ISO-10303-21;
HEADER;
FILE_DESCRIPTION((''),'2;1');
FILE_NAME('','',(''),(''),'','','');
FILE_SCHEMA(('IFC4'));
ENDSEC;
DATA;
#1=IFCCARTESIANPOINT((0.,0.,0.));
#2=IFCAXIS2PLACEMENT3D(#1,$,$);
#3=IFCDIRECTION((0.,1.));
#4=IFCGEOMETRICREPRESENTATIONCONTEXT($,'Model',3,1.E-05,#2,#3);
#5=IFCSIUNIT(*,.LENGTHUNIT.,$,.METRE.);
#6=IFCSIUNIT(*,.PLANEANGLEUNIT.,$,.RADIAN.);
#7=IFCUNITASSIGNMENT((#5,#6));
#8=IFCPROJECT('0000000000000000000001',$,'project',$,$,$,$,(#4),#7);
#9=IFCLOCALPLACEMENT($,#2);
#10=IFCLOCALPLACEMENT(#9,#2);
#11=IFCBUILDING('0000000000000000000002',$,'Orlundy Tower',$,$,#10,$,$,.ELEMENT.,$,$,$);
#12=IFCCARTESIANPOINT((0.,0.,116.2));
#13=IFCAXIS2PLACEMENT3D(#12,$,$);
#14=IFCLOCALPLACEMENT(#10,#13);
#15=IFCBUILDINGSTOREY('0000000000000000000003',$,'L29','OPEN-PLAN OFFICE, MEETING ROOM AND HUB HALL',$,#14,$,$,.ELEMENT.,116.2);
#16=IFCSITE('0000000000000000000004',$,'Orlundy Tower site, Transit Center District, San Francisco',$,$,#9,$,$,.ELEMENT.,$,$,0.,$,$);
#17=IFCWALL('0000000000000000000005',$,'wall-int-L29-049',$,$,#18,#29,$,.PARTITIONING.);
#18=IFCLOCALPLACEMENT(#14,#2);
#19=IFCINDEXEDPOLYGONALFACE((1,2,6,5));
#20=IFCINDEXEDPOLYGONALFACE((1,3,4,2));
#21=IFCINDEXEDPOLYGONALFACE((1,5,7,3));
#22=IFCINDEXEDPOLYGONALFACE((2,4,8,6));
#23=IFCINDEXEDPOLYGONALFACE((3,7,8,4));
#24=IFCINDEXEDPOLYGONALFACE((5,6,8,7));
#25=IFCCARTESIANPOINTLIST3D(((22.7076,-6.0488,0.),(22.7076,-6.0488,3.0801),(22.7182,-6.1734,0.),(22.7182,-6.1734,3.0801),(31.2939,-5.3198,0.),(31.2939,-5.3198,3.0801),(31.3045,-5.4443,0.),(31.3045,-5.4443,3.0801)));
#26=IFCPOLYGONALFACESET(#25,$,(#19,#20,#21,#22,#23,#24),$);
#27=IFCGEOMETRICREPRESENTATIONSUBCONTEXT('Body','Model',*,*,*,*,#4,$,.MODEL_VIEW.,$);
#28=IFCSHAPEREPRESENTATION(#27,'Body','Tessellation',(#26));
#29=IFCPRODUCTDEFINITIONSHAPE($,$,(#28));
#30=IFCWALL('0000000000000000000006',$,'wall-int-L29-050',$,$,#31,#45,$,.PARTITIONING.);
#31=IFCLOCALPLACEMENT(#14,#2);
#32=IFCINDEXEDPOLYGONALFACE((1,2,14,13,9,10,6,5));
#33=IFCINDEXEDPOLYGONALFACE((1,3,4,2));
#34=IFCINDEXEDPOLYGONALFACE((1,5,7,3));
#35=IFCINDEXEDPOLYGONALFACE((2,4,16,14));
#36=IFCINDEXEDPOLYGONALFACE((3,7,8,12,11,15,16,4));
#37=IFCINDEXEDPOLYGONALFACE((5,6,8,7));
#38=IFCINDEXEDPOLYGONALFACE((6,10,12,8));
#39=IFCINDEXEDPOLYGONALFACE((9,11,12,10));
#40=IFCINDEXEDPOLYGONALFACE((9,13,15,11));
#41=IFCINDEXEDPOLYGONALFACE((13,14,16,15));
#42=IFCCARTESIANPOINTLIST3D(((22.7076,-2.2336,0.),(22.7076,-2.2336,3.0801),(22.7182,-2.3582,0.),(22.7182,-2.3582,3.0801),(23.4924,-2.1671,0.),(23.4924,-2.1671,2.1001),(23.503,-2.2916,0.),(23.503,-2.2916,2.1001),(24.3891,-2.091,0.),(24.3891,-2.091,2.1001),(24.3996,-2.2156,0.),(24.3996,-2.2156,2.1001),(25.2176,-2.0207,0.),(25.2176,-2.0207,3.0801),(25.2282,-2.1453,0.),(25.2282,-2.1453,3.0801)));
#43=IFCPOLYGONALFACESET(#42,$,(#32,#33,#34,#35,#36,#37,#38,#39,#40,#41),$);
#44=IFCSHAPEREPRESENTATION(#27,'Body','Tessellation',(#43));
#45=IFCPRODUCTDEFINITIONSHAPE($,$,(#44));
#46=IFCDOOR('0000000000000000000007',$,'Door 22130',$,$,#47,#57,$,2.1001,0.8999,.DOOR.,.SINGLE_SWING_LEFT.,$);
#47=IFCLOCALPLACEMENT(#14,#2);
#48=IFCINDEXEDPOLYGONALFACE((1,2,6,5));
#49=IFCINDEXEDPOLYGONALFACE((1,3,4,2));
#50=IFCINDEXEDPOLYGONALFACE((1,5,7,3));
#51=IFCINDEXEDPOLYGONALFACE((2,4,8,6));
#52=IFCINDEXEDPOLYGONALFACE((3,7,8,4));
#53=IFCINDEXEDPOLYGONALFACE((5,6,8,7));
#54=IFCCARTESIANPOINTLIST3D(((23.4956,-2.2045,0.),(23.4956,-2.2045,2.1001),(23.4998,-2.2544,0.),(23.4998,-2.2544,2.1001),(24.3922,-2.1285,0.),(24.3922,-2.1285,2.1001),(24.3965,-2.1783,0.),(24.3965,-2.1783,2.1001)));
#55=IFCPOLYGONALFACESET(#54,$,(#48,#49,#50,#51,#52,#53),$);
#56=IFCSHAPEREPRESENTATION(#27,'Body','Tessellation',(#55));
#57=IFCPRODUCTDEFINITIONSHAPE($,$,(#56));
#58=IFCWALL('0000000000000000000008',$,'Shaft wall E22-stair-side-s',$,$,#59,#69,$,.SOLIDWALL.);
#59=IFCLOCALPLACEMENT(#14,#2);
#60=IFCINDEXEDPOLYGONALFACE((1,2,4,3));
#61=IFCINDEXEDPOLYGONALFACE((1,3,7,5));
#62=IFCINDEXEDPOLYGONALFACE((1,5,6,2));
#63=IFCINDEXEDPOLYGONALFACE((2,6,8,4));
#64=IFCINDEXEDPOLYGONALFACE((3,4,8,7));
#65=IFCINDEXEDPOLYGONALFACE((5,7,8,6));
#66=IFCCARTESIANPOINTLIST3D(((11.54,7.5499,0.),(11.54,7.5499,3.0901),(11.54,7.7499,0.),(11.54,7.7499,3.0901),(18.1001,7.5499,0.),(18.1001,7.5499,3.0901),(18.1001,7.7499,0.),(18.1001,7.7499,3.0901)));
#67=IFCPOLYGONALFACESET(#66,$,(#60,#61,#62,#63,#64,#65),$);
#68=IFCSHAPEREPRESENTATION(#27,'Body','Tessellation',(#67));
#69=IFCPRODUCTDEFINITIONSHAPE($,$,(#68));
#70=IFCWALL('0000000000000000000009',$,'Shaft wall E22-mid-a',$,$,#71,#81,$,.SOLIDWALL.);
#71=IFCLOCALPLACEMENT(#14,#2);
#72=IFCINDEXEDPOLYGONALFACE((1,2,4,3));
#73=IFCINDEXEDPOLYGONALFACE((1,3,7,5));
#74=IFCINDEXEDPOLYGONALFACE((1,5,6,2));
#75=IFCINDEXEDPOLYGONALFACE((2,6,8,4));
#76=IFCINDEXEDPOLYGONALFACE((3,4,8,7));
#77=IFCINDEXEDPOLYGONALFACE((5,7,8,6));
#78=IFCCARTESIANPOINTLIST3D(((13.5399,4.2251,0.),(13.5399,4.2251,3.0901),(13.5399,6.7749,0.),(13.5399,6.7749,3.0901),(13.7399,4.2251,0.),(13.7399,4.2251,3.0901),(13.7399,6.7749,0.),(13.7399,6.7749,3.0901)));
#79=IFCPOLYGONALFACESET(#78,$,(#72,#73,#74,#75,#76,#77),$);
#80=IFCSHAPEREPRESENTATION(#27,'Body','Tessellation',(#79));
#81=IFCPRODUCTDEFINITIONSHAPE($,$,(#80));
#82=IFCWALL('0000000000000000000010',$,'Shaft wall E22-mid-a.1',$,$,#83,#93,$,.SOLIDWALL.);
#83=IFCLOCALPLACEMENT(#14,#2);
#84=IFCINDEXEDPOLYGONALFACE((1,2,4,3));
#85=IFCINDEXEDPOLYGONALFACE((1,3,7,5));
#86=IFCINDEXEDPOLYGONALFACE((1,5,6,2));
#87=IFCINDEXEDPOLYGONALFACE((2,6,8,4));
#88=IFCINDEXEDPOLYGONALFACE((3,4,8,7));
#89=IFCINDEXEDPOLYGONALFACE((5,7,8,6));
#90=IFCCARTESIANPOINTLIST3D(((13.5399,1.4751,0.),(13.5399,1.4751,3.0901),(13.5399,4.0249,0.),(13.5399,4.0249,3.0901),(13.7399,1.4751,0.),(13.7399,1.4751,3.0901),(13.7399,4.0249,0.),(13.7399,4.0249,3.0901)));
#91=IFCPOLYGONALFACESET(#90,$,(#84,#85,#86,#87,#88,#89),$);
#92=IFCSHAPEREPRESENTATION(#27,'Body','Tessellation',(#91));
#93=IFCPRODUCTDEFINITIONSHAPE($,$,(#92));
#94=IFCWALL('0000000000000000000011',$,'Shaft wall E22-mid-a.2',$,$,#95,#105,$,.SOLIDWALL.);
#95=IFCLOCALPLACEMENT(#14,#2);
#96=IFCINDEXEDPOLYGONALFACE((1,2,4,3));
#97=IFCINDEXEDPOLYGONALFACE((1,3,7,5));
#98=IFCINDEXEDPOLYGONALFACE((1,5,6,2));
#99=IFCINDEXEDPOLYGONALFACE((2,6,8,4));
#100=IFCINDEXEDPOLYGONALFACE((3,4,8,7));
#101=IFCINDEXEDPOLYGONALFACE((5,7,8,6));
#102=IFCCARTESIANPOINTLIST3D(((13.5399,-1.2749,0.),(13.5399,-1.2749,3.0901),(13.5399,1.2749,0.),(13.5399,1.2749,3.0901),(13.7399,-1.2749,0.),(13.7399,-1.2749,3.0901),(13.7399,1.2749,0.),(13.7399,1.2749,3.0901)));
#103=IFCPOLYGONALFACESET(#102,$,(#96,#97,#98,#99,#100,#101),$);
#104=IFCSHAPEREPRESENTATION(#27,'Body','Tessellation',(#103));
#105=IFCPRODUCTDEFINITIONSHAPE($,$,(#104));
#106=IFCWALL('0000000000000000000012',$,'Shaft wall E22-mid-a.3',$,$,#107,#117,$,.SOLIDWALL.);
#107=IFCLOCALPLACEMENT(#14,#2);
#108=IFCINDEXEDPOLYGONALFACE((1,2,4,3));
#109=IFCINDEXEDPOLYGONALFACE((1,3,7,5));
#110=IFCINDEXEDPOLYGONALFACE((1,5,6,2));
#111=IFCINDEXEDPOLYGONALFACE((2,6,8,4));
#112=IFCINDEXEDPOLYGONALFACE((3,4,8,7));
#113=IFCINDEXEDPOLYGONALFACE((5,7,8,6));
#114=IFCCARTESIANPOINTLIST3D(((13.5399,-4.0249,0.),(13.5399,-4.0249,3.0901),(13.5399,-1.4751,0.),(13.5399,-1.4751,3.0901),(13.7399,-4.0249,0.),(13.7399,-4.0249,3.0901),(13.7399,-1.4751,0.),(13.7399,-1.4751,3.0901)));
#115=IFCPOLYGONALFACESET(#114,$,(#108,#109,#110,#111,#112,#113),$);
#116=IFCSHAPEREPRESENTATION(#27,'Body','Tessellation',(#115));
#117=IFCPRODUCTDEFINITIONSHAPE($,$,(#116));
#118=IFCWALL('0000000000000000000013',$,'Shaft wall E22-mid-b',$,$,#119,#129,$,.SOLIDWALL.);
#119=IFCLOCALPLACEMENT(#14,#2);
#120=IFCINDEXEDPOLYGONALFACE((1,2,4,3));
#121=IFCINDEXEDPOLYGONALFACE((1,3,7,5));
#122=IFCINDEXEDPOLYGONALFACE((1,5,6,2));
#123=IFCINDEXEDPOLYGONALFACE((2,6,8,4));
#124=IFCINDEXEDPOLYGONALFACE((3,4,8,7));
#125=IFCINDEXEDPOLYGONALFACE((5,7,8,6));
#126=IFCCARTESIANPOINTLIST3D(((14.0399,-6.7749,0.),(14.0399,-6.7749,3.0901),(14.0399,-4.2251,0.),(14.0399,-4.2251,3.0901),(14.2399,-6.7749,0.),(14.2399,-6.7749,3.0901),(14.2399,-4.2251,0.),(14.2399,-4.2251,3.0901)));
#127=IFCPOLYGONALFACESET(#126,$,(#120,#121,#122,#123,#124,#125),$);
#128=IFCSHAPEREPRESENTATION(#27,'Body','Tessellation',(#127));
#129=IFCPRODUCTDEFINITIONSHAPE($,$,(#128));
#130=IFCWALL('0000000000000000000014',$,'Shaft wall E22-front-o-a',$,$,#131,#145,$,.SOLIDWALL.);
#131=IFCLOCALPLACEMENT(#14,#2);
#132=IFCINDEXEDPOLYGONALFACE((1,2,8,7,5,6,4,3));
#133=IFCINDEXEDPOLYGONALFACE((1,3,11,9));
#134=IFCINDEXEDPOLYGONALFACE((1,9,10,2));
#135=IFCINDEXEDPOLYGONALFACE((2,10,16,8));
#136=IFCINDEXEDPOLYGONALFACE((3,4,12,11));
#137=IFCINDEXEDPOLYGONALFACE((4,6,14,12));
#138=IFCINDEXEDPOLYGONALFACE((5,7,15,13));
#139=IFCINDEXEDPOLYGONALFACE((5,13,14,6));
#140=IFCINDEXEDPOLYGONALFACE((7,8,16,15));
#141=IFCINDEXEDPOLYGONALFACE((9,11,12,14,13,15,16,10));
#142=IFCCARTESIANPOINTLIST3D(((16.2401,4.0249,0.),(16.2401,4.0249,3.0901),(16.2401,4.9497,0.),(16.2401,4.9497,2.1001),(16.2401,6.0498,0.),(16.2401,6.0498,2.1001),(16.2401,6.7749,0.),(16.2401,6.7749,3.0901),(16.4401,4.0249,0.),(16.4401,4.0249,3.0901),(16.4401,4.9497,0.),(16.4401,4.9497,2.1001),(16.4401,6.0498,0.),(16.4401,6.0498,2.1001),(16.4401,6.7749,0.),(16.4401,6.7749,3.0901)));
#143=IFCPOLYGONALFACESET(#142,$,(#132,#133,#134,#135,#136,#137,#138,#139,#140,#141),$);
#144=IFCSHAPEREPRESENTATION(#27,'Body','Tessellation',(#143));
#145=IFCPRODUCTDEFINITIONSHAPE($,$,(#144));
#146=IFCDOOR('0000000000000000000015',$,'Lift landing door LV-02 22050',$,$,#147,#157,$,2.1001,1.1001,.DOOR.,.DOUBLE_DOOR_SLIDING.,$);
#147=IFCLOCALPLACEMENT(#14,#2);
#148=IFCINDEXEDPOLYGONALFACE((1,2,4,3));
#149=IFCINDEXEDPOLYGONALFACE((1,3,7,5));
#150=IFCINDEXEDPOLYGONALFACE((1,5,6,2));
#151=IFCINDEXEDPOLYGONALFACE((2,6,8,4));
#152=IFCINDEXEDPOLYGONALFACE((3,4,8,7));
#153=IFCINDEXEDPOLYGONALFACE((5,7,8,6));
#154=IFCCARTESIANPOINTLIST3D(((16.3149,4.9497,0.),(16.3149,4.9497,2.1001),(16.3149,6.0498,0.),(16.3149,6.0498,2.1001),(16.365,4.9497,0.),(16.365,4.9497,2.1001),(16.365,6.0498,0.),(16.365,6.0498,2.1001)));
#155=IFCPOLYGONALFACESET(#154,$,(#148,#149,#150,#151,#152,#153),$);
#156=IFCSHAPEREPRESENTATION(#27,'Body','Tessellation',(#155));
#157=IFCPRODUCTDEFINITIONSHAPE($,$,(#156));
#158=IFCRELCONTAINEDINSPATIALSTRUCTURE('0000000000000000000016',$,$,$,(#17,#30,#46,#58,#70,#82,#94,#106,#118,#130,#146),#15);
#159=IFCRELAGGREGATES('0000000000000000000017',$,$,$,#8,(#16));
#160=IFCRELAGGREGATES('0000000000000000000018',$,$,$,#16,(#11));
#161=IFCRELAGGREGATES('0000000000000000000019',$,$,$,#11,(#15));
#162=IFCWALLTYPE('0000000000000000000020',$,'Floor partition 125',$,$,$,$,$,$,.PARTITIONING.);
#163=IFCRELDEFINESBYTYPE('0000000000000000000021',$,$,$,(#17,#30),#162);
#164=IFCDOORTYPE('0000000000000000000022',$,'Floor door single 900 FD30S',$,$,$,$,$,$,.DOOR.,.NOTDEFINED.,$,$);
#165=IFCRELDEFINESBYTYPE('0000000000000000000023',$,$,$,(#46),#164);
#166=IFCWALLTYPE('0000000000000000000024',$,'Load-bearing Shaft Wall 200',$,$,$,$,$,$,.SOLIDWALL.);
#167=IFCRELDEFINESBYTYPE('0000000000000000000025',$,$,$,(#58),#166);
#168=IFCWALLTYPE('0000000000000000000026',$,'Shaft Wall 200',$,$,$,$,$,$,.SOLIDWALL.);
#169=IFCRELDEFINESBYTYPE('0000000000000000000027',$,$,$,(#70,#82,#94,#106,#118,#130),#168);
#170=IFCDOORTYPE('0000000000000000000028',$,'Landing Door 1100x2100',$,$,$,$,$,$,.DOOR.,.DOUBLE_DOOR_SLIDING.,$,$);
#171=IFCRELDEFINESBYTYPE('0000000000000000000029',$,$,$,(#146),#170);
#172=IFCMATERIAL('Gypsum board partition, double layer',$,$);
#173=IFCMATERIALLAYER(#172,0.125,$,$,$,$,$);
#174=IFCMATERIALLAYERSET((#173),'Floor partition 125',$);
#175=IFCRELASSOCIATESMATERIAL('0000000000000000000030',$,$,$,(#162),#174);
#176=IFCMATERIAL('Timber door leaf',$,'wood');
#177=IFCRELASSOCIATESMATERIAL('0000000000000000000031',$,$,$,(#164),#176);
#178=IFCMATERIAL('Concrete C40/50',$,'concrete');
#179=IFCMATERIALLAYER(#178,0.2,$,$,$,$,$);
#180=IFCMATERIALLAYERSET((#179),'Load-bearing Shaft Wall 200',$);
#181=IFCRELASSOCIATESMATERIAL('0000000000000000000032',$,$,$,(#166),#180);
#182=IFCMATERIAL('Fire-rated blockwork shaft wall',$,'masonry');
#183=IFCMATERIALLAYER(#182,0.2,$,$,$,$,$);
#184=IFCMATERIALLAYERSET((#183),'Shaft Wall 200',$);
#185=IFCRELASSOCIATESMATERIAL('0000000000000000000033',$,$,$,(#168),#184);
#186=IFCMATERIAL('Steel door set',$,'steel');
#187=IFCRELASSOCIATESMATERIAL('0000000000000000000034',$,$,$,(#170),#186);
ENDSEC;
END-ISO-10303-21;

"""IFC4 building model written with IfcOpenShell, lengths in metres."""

from ifc_helpers import new_model, si_unit, direction, frame, frame_2d, origin, place, context, subcontext, project, spatial, rectangle, extrude, material, layer, layer_set, type_object, element, fill, save


model = new_model("IFC4")

# Units and contexts
model_context = context("Model", 3, precision=1e-05, world=origin(), true_north=direction((0.0, 1.0)))
body_context = subcontext(model_context, "Body", "Model", "MODEL_VIEW")
ifc_project = project(units=[si_unit("LENGTHUNIT", "METRE"), si_unit("PLANEANGLEUNIT", "RADIAN")], contexts=[model_context])

# Site, building, storey
site_placement = place(None, origin())
site = spatial("IfcSite", under=ifc_project, at=site_placement, Name="Orlundy Tower site, Transit Center District, San Francisco", CompositionType="ELEMENT", RefElevation=0.0)
building_placement = place(site_placement, origin())
building = spatial("IfcBuilding", under=site, at=building_placement, Name="Orlundy Tower", CompositionType="ELEMENT")
storey_placement = place(building_placement, frame((0.0, 0.0, 116.2)))
storey = spatial("IfcBuildingStorey", under=building, at=storey_placement, Name="L29", Description="OPEN-PLAN OFFICE, MEETING ROOM AND HUB HALL", CompositionType="ELEMENT", Elevation=116.2)

# Wall
ifc_material_1 = material(Name="Gypsum board partition, double layer")
ifc_layer_1 = layer(ifc_material_1, 0.125)
ifc_layer_set_1 = layer_set([ifc_layer_1], Name="Floor partition 125")
wall_type_1 = type_object("IfcWallType", Name="Floor partition 125", PredefinedType="PARTITIONING", material=ifc_layer_set_1)
wall_1_placement = place(storey_placement, frame((22.7129, -6.1111, 0.0), z_axis=(0.0, 0.0, 1.0), x_axis=(0.996415, 0.0846, 0.0)))
element("IfcWall", 1, at=wall_1_placement, inside=storey, type_object=wall_type_1, Name="wall-int-L29-049", PredefinedType="PARTITIONING", context=body_context, shape_type="SweptSolid", body=[
    extrude(rectangle(XDim=8.6172, YDim=0.125, at=frame_2d((4.3086, 0.0))), origin(), (0.0, 0.0, 1.0), 3.0801),
])

# Wall, opening, door
wall_2_placement = place(storey_placement, frame((22.7129, -2.2959, 0.0), z_axis=(0.0, 0.0, 1.0), x_axis=(0.996422, 0.084513, 0.0)))
wall_2 = element("IfcWall", 2, at=wall_2_placement, inside=storey, type_object=wall_type_1, Name="wall-int-L29-050", PredefinedType="PARTITIONING", context=body_context, shape_type="SweptSolid", body=[
    extrude(rectangle(XDim=2.519, YDim=0.125, at=frame_2d((1.2595, 0.0))), origin(), (0.0, 0.0, 1.0), 3.0801),
])
opening_1_placement = place(wall_2_placement, frame((0.7876, 0.0, 0.0)))
opening_1 = element("IfcOpeningElement", 3, at=opening_1_placement, cuts=wall_2, PredefinedType="OPENING", context=body_context, shape_type="SweptSolid", body=[
    extrude(rectangle(XDim=0.8999, YDim=2.1001, at=frame_2d((0.45, 1.05))), frame((0.0, 0.0725, 0.0), z_axis=(0.0, -1.0, 0.0), x_axis=(1.0, 0.0, 0.0)), (0.0, 0.0, 1.0), 0.145),
])
ifc_material_2 = material(Name="Timber door leaf", Category="wood")
door_type_1 = type_object("IfcDoorType", Name="Floor door single 900 FD30S", OperationType="NOTDEFINED", PredefinedType="DOOR", material=ifc_material_2)
door_1_placement = place(opening_1_placement, origin())
door_1 = element("IfcDoor", 4, at=door_1_placement, inside=storey, type_object=door_type_1, Name="Door 22130", OperationType="SINGLE_SWING_LEFT", OverallHeight=2.1001, OverallWidth=0.8999, PredefinedType="DOOR", context=body_context, shape_type="SweptSolid", body=[
    extrude(rectangle(XDim=0.8999, YDim=2.1001, at=frame_2d((0.45, 1.05))), frame((0.0, 0.0249, 0.0), z_axis=(0.0, -1.0, 0.0), x_axis=(1.0, 0.0, 0.0)), (0.0, 0.0, 1.0), 0.05),
])
fill(opening_1, door_1)

# Walls
ifc_material_3 = material(Name="Concrete C40/50", Category="concrete")
ifc_layer_2 = layer(ifc_material_3, 0.2)
ifc_layer_set_2 = layer_set([ifc_layer_2], Name="Load-bearing Shaft Wall 200")
wall_type_2 = type_object("IfcWallType", Name="Load-bearing Shaft Wall 200", PredefinedType="SOLIDWALL", material=ifc_layer_set_2)
wall_3_placement = place(storey_placement, frame((11.54, 7.6499, 0.0), z_axis=(0.0, 0.0, 1.0), x_axis=(1.0, 0.0, 0.0)))
element("IfcWall", 5, at=wall_3_placement, inside=storey, type_object=wall_type_2, Name="Shaft wall E22-stair-side-s", PredefinedType="SOLIDWALL", context=body_context, shape_type="SweptSolid", body=[
    extrude(rectangle(XDim=6.5601, YDim=0.2, at=frame_2d((3.28, 0.0))), origin(), (0.0, 0.0, 1.0), 3.0901),
])
ifc_material_4 = material(Name="Fire-rated blockwork shaft wall", Category="masonry")
ifc_layer_3 = layer(ifc_material_4, 0.2)
ifc_layer_set_3 = layer_set([ifc_layer_3], Name="Shaft Wall 200")
wall_type_3 = type_object("IfcWallType", Name="Shaft Wall 200", PredefinedType="SOLIDWALL", material=ifc_layer_set_3)
for number, where, z_axis, x_axis, name in (
    (6, (13.6399, 6.7749, 0.0), (0.0, 0.0, 1.0), (0.0, -1.0, 0.0), "Shaft wall E22-mid-a"),
    (7, (13.6399, 4.0249, 0.0), (0.0, 0.0, 1.0), (0.0, -1.0, 0.0), "Shaft wall E22-mid-a.1"),
    (8, (13.6399, 1.2749, 0.0), (0.0, 0.0, 1.0), (0.0, -1.0, 0.0), "Shaft wall E22-mid-a.2"),
    (9, (13.6399, -1.4751, 0.0), (0.0, 0.0, 1.0), (0.0, -1.0, 0.0), "Shaft wall E22-mid-a.3"),
    (10, (14.1399, -4.2251, 0.0), (0.0, 0.0, 1.0), (0.0, -1.0, 0.0), "Shaft wall E22-mid-b"),
):
    element("IfcWall", number, at=place(storey_placement, frame(where, z_axis=z_axis, x_axis=x_axis)), inside=storey, type_object=wall_type_3, Name=name, PredefinedType="SOLIDWALL", context=body_context, shape_type="SweptSolid", body=[
        extrude(rectangle(XDim=2.5498, YDim=0.2, at=frame_2d((1.2749, 0.0))), origin(), (0.0, 0.0, 1.0), 3.0901),
    ])

# Wall, opening, door
wall_4_placement = place(storey_placement, frame((16.3401, 6.7749, 0.0), z_axis=(0.0, 0.0, 1.0), x_axis=(0.0, -1.0, 0.0)))
wall_4 = element("IfcWall", 11, at=wall_4_placement, inside=storey, type_object=wall_type_3, Name="Shaft wall E22-front-o-a", PredefinedType="SOLIDWALL", context=body_context, shape_type="SweptSolid", body=[
    extrude(rectangle(XDim=2.75, YDim=0.2, at=frame_2d((1.375, 0.0))), origin(), (0.0, 0.0, 1.0), 3.0901),
])
opening_2_placement = place(wall_4_placement, frame((0.7251, 0.0, 0.0)))
opening_2 = element("IfcOpeningElement", 12, at=opening_2_placement, cuts=wall_4, PredefinedType="OPENING", context=body_context, shape_type="SweptSolid", body=[
    extrude(rectangle(XDim=1.1001, YDim=2.1001, at=frame_2d((0.55, 1.05))), frame((0.0, 0.1101, 0.0), z_axis=(0.0, -1.0, 0.0), x_axis=(1.0, 0.0, 0.0)), (0.0, 0.0, 1.0), 0.2202),
])
ifc_material_5 = material(Name="Steel door set", Category="steel")
door_type_2 = type_object("IfcDoorType", Name="Landing Door 1100x2100", OperationType="DOUBLE_DOOR_SLIDING", PredefinedType="DOOR", material=ifc_material_5)
door_2_placement = place(opening_2_placement, origin())
door_2 = element("IfcDoor", 13, at=door_2_placement, inside=storey, type_object=door_type_2, Name="Lift landing door LV-02 22050", OperationType="DOUBLE_DOOR_SLIDING", OverallHeight=2.1001, OverallWidth=1.1001, PredefinedType="DOOR", context=body_context, shape_type="SweptSolid", body=[
    extrude(rectangle(XDim=1.1001, YDim=2.1001, at=frame_2d((0.55, 1.05))), frame((0.0, 0.0249, 0.0), z_axis=(0.0, -1.0, 0.0), x_axis=(1.0, 0.0, 0.0)), (0.0, 0.0, 1.0), 0.05),
])
fill(opening_2, door_2)

save(model, "model.ifc")
